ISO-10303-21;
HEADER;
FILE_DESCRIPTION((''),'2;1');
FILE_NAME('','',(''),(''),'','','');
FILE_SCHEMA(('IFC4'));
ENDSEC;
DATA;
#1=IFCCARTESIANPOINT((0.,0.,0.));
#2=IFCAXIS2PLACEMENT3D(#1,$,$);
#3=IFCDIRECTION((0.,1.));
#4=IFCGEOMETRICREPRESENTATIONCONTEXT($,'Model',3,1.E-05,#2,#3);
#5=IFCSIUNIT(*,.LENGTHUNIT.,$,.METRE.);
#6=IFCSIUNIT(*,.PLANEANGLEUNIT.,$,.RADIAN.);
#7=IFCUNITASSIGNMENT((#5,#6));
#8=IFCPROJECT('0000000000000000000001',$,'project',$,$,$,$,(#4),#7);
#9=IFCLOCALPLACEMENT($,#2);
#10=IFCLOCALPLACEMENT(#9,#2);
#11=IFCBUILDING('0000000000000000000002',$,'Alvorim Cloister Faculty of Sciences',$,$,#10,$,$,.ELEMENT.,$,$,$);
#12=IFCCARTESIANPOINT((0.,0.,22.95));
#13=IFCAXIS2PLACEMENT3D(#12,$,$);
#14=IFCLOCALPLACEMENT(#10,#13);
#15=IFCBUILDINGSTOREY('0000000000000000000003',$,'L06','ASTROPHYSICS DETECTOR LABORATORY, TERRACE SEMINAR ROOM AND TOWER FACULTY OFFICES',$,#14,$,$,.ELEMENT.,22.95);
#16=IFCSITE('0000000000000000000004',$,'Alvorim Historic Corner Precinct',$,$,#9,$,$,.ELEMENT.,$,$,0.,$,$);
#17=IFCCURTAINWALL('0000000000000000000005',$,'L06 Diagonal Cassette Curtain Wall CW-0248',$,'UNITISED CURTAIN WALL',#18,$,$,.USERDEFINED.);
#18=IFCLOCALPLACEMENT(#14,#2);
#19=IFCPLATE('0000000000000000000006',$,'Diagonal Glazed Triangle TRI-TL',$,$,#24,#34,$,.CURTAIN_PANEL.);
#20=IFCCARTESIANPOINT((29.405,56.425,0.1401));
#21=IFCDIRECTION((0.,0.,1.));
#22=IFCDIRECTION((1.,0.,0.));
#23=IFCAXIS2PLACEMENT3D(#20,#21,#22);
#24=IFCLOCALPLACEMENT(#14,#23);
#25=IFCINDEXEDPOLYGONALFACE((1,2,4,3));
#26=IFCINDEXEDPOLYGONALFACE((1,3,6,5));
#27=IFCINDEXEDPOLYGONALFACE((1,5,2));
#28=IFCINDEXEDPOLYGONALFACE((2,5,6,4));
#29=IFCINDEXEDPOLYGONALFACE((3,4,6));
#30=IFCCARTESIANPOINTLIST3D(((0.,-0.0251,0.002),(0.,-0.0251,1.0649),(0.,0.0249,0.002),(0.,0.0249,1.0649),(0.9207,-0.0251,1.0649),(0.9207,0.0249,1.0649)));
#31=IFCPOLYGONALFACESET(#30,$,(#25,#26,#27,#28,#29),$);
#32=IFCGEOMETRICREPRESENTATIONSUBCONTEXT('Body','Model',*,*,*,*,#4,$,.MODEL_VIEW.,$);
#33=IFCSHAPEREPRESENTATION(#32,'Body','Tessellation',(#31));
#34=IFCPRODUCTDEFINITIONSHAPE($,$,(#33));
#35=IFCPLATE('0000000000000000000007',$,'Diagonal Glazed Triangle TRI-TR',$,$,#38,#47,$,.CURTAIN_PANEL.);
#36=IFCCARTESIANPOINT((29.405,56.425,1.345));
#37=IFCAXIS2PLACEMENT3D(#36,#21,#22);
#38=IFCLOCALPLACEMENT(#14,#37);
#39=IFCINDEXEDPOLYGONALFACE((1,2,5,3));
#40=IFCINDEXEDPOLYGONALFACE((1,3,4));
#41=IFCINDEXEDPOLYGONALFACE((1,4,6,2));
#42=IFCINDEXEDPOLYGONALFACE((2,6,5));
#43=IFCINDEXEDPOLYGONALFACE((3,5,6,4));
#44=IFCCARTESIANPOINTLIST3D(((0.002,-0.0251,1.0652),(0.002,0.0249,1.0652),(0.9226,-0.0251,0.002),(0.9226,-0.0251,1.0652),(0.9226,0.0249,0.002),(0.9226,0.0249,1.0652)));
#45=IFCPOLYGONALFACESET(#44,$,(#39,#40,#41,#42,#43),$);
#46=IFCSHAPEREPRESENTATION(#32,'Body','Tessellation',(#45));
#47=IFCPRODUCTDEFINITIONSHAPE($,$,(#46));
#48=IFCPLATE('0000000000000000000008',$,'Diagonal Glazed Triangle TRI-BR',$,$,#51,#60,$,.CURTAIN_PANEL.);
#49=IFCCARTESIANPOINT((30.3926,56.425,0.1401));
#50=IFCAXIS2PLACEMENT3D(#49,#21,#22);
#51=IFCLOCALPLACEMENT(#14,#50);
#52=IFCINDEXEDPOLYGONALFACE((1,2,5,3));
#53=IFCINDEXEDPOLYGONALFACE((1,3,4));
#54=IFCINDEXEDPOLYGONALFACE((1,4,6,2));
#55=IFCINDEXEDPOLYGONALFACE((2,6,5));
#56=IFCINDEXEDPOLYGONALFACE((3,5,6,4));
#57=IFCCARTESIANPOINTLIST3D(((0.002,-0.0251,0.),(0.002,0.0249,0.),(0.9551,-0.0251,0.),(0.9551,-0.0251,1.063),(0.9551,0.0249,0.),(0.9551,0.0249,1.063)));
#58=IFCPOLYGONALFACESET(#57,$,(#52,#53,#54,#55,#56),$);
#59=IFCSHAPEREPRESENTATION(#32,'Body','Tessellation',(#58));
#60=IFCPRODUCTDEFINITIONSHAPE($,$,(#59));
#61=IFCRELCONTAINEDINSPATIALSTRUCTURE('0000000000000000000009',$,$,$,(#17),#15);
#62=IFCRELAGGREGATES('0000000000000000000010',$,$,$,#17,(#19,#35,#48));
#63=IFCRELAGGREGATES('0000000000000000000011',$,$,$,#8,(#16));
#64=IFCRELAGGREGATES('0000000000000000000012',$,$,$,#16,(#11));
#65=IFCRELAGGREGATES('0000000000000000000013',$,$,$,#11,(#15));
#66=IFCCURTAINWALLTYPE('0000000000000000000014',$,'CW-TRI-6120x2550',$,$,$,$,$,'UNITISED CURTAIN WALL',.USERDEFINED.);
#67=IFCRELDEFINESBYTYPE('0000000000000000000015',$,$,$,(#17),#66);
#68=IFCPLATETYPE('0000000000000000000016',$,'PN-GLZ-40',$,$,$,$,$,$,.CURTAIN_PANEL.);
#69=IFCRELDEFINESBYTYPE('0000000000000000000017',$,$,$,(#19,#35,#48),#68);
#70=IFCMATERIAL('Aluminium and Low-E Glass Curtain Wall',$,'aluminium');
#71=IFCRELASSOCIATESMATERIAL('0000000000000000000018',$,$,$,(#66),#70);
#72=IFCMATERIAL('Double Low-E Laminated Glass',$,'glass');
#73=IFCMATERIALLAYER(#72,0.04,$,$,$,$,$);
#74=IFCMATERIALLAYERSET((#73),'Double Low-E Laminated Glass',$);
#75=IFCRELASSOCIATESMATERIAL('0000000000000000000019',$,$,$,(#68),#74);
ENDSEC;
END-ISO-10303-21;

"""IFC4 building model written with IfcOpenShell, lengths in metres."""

from ifc_helpers import new_model, si_unit, direction, frame, origin, place, context, subcontext, project, spatial, polyline, outline, extrude, material, layer, layer_set, type_object, element, aggregate, save


model = new_model("IFC4")

# Units and contexts
model_context = context("Model", 3, precision=1e-05, world=origin(), true_north=direction((0.0, 1.0)))
body_context = subcontext(model_context, "Body", "Model", "MODEL_VIEW")
ifc_project = project(units=[si_unit("LENGTHUNIT", "METRE"), si_unit("PLANEANGLEUNIT", "RADIAN")], contexts=[model_context])

# Site, building, storey
site_placement = place(None, origin())
site = spatial("IfcSite", under=ifc_project, at=site_placement, Name="Alvorim Historic Corner Precinct", CompositionType="ELEMENT", RefElevation=0.0)
building_placement = place(site_placement, origin())
building = spatial("IfcBuilding", under=site, at=building_placement, Name="Alvorim Cloister Faculty of Sciences", CompositionType="ELEMENT")
storey_placement = place(building_placement, frame((0.0, 0.0, 22.95)))
storey = spatial("IfcBuildingStorey", under=building, at=storey_placement, Name="L06", Description="ASTROPHYSICS DETECTOR LABORATORY, TERRACE SEMINAR ROOM AND TOWER FACULTY OFFICES", CompositionType="ELEMENT", Elevation=22.95)

# Curtain wall, plates
ifc_material_1 = material(Name="Aluminium and Low-E Glass Curtain Wall", Category="aluminium")
curtain_wall_type = type_object("IfcCurtainWallType", Name="CW-TRI-6120x2550", ElementType="UNITISED CURTAIN WALL", PredefinedType="USERDEFINED", material=ifc_material_1)
curtain_wall_placement = place(storey_placement, origin())
curtain_wall = element("IfcCurtainWall", 1, at=curtain_wall_placement, inside=storey, type_object=curtain_wall_type, Name="L06 Diagonal Cassette Curtain Wall CW-0248", ObjectType="UNITISED CURTAIN WALL", PredefinedType="USERDEFINED")
ifc_material_2 = material(Name="Double Low-E Laminated Glass", Category="glass")
ifc_layer_1 = layer(ifc_material_2, 0.04)
ifc_layer_set_1 = layer_set([ifc_layer_1], Name="Double Low-E Laminated Glass")
plate_type = type_object("IfcPlateType", Name="PN-GLZ-40", PredefinedType="CURTAIN_PANEL", material=ifc_layer_set_1)
plate_1_placement = place(storey_placement, frame((29.405, 56.425, 0.1401), z_axis=(0.0, 0.0, 1.0), x_axis=(1.0, 0.0, 0.0)))
plate_1 = element("IfcPlate", 2, at=plate_1_placement, type_object=plate_type, Name="Diagonal Glazed Triangle TRI-TL", PredefinedType="CURTAIN_PANEL", context=body_context, shape_type="SweptSolid", body=[
    extrude(outline(polyline([(0.9207, 1.0649), (0.0, 1.0649), (0.0, 0.002), (0.9207, 1.0649)])), frame((0.0, 0.0249, 0.0), z_axis=(0.0, -1.0, 0.0), x_axis=(1.0, 0.0, 0.0)), (0.0, 0.0, 1.0), 0.05),
])
plate_2_placement = place(storey_placement, frame((29.405, 56.425, 1.345), z_axis=(0.0, 0.0, 1.0), x_axis=(1.0, 0.0, 0.0)))
plate_2 = element("IfcPlate", 3, at=plate_2_placement, type_object=plate_type, Name="Diagonal Glazed Triangle TRI-TR", PredefinedType="CURTAIN_PANEL", context=body_context, shape_type="SweptSolid", body=[
    extrude(outline(polyline([(0.9226, 0.002), (0.9226, 1.0652), (0.002, 1.0652), (0.9226, 0.002)])), frame((0.0, 0.0249, 0.0), z_axis=(0.0, -1.0, 0.0), x_axis=(1.0, 0.0, 0.0)), (0.0, 0.0, 1.0), 0.05),
])
plate_3_placement = place(storey_placement, frame((30.3926, 56.425, 0.1401), z_axis=(0.0, 0.0, 1.0), x_axis=(1.0, 0.0, 0.0)))
plate_3 = element("IfcPlate", 4, at=plate_3_placement, type_object=plate_type, Name="Diagonal Glazed Triangle TRI-BR", PredefinedType="CURTAIN_PANEL", context=body_context, shape_type="SweptSolid", body=[
    extrude(outline(polyline([(0.002, 0.0), (0.9551, 0.0), (0.9551, 1.063), (0.002, 0.0)])), frame((0.0, 0.0249, 0.0), z_axis=(0.0, -1.0, 0.0), x_axis=(1.0, 0.0, 0.0)), (0.0, 0.0, 1.0), 0.05),
])
aggregate(curtain_wall, [plate_1, plate_2, plate_3])

save(model, "model.ifc")
